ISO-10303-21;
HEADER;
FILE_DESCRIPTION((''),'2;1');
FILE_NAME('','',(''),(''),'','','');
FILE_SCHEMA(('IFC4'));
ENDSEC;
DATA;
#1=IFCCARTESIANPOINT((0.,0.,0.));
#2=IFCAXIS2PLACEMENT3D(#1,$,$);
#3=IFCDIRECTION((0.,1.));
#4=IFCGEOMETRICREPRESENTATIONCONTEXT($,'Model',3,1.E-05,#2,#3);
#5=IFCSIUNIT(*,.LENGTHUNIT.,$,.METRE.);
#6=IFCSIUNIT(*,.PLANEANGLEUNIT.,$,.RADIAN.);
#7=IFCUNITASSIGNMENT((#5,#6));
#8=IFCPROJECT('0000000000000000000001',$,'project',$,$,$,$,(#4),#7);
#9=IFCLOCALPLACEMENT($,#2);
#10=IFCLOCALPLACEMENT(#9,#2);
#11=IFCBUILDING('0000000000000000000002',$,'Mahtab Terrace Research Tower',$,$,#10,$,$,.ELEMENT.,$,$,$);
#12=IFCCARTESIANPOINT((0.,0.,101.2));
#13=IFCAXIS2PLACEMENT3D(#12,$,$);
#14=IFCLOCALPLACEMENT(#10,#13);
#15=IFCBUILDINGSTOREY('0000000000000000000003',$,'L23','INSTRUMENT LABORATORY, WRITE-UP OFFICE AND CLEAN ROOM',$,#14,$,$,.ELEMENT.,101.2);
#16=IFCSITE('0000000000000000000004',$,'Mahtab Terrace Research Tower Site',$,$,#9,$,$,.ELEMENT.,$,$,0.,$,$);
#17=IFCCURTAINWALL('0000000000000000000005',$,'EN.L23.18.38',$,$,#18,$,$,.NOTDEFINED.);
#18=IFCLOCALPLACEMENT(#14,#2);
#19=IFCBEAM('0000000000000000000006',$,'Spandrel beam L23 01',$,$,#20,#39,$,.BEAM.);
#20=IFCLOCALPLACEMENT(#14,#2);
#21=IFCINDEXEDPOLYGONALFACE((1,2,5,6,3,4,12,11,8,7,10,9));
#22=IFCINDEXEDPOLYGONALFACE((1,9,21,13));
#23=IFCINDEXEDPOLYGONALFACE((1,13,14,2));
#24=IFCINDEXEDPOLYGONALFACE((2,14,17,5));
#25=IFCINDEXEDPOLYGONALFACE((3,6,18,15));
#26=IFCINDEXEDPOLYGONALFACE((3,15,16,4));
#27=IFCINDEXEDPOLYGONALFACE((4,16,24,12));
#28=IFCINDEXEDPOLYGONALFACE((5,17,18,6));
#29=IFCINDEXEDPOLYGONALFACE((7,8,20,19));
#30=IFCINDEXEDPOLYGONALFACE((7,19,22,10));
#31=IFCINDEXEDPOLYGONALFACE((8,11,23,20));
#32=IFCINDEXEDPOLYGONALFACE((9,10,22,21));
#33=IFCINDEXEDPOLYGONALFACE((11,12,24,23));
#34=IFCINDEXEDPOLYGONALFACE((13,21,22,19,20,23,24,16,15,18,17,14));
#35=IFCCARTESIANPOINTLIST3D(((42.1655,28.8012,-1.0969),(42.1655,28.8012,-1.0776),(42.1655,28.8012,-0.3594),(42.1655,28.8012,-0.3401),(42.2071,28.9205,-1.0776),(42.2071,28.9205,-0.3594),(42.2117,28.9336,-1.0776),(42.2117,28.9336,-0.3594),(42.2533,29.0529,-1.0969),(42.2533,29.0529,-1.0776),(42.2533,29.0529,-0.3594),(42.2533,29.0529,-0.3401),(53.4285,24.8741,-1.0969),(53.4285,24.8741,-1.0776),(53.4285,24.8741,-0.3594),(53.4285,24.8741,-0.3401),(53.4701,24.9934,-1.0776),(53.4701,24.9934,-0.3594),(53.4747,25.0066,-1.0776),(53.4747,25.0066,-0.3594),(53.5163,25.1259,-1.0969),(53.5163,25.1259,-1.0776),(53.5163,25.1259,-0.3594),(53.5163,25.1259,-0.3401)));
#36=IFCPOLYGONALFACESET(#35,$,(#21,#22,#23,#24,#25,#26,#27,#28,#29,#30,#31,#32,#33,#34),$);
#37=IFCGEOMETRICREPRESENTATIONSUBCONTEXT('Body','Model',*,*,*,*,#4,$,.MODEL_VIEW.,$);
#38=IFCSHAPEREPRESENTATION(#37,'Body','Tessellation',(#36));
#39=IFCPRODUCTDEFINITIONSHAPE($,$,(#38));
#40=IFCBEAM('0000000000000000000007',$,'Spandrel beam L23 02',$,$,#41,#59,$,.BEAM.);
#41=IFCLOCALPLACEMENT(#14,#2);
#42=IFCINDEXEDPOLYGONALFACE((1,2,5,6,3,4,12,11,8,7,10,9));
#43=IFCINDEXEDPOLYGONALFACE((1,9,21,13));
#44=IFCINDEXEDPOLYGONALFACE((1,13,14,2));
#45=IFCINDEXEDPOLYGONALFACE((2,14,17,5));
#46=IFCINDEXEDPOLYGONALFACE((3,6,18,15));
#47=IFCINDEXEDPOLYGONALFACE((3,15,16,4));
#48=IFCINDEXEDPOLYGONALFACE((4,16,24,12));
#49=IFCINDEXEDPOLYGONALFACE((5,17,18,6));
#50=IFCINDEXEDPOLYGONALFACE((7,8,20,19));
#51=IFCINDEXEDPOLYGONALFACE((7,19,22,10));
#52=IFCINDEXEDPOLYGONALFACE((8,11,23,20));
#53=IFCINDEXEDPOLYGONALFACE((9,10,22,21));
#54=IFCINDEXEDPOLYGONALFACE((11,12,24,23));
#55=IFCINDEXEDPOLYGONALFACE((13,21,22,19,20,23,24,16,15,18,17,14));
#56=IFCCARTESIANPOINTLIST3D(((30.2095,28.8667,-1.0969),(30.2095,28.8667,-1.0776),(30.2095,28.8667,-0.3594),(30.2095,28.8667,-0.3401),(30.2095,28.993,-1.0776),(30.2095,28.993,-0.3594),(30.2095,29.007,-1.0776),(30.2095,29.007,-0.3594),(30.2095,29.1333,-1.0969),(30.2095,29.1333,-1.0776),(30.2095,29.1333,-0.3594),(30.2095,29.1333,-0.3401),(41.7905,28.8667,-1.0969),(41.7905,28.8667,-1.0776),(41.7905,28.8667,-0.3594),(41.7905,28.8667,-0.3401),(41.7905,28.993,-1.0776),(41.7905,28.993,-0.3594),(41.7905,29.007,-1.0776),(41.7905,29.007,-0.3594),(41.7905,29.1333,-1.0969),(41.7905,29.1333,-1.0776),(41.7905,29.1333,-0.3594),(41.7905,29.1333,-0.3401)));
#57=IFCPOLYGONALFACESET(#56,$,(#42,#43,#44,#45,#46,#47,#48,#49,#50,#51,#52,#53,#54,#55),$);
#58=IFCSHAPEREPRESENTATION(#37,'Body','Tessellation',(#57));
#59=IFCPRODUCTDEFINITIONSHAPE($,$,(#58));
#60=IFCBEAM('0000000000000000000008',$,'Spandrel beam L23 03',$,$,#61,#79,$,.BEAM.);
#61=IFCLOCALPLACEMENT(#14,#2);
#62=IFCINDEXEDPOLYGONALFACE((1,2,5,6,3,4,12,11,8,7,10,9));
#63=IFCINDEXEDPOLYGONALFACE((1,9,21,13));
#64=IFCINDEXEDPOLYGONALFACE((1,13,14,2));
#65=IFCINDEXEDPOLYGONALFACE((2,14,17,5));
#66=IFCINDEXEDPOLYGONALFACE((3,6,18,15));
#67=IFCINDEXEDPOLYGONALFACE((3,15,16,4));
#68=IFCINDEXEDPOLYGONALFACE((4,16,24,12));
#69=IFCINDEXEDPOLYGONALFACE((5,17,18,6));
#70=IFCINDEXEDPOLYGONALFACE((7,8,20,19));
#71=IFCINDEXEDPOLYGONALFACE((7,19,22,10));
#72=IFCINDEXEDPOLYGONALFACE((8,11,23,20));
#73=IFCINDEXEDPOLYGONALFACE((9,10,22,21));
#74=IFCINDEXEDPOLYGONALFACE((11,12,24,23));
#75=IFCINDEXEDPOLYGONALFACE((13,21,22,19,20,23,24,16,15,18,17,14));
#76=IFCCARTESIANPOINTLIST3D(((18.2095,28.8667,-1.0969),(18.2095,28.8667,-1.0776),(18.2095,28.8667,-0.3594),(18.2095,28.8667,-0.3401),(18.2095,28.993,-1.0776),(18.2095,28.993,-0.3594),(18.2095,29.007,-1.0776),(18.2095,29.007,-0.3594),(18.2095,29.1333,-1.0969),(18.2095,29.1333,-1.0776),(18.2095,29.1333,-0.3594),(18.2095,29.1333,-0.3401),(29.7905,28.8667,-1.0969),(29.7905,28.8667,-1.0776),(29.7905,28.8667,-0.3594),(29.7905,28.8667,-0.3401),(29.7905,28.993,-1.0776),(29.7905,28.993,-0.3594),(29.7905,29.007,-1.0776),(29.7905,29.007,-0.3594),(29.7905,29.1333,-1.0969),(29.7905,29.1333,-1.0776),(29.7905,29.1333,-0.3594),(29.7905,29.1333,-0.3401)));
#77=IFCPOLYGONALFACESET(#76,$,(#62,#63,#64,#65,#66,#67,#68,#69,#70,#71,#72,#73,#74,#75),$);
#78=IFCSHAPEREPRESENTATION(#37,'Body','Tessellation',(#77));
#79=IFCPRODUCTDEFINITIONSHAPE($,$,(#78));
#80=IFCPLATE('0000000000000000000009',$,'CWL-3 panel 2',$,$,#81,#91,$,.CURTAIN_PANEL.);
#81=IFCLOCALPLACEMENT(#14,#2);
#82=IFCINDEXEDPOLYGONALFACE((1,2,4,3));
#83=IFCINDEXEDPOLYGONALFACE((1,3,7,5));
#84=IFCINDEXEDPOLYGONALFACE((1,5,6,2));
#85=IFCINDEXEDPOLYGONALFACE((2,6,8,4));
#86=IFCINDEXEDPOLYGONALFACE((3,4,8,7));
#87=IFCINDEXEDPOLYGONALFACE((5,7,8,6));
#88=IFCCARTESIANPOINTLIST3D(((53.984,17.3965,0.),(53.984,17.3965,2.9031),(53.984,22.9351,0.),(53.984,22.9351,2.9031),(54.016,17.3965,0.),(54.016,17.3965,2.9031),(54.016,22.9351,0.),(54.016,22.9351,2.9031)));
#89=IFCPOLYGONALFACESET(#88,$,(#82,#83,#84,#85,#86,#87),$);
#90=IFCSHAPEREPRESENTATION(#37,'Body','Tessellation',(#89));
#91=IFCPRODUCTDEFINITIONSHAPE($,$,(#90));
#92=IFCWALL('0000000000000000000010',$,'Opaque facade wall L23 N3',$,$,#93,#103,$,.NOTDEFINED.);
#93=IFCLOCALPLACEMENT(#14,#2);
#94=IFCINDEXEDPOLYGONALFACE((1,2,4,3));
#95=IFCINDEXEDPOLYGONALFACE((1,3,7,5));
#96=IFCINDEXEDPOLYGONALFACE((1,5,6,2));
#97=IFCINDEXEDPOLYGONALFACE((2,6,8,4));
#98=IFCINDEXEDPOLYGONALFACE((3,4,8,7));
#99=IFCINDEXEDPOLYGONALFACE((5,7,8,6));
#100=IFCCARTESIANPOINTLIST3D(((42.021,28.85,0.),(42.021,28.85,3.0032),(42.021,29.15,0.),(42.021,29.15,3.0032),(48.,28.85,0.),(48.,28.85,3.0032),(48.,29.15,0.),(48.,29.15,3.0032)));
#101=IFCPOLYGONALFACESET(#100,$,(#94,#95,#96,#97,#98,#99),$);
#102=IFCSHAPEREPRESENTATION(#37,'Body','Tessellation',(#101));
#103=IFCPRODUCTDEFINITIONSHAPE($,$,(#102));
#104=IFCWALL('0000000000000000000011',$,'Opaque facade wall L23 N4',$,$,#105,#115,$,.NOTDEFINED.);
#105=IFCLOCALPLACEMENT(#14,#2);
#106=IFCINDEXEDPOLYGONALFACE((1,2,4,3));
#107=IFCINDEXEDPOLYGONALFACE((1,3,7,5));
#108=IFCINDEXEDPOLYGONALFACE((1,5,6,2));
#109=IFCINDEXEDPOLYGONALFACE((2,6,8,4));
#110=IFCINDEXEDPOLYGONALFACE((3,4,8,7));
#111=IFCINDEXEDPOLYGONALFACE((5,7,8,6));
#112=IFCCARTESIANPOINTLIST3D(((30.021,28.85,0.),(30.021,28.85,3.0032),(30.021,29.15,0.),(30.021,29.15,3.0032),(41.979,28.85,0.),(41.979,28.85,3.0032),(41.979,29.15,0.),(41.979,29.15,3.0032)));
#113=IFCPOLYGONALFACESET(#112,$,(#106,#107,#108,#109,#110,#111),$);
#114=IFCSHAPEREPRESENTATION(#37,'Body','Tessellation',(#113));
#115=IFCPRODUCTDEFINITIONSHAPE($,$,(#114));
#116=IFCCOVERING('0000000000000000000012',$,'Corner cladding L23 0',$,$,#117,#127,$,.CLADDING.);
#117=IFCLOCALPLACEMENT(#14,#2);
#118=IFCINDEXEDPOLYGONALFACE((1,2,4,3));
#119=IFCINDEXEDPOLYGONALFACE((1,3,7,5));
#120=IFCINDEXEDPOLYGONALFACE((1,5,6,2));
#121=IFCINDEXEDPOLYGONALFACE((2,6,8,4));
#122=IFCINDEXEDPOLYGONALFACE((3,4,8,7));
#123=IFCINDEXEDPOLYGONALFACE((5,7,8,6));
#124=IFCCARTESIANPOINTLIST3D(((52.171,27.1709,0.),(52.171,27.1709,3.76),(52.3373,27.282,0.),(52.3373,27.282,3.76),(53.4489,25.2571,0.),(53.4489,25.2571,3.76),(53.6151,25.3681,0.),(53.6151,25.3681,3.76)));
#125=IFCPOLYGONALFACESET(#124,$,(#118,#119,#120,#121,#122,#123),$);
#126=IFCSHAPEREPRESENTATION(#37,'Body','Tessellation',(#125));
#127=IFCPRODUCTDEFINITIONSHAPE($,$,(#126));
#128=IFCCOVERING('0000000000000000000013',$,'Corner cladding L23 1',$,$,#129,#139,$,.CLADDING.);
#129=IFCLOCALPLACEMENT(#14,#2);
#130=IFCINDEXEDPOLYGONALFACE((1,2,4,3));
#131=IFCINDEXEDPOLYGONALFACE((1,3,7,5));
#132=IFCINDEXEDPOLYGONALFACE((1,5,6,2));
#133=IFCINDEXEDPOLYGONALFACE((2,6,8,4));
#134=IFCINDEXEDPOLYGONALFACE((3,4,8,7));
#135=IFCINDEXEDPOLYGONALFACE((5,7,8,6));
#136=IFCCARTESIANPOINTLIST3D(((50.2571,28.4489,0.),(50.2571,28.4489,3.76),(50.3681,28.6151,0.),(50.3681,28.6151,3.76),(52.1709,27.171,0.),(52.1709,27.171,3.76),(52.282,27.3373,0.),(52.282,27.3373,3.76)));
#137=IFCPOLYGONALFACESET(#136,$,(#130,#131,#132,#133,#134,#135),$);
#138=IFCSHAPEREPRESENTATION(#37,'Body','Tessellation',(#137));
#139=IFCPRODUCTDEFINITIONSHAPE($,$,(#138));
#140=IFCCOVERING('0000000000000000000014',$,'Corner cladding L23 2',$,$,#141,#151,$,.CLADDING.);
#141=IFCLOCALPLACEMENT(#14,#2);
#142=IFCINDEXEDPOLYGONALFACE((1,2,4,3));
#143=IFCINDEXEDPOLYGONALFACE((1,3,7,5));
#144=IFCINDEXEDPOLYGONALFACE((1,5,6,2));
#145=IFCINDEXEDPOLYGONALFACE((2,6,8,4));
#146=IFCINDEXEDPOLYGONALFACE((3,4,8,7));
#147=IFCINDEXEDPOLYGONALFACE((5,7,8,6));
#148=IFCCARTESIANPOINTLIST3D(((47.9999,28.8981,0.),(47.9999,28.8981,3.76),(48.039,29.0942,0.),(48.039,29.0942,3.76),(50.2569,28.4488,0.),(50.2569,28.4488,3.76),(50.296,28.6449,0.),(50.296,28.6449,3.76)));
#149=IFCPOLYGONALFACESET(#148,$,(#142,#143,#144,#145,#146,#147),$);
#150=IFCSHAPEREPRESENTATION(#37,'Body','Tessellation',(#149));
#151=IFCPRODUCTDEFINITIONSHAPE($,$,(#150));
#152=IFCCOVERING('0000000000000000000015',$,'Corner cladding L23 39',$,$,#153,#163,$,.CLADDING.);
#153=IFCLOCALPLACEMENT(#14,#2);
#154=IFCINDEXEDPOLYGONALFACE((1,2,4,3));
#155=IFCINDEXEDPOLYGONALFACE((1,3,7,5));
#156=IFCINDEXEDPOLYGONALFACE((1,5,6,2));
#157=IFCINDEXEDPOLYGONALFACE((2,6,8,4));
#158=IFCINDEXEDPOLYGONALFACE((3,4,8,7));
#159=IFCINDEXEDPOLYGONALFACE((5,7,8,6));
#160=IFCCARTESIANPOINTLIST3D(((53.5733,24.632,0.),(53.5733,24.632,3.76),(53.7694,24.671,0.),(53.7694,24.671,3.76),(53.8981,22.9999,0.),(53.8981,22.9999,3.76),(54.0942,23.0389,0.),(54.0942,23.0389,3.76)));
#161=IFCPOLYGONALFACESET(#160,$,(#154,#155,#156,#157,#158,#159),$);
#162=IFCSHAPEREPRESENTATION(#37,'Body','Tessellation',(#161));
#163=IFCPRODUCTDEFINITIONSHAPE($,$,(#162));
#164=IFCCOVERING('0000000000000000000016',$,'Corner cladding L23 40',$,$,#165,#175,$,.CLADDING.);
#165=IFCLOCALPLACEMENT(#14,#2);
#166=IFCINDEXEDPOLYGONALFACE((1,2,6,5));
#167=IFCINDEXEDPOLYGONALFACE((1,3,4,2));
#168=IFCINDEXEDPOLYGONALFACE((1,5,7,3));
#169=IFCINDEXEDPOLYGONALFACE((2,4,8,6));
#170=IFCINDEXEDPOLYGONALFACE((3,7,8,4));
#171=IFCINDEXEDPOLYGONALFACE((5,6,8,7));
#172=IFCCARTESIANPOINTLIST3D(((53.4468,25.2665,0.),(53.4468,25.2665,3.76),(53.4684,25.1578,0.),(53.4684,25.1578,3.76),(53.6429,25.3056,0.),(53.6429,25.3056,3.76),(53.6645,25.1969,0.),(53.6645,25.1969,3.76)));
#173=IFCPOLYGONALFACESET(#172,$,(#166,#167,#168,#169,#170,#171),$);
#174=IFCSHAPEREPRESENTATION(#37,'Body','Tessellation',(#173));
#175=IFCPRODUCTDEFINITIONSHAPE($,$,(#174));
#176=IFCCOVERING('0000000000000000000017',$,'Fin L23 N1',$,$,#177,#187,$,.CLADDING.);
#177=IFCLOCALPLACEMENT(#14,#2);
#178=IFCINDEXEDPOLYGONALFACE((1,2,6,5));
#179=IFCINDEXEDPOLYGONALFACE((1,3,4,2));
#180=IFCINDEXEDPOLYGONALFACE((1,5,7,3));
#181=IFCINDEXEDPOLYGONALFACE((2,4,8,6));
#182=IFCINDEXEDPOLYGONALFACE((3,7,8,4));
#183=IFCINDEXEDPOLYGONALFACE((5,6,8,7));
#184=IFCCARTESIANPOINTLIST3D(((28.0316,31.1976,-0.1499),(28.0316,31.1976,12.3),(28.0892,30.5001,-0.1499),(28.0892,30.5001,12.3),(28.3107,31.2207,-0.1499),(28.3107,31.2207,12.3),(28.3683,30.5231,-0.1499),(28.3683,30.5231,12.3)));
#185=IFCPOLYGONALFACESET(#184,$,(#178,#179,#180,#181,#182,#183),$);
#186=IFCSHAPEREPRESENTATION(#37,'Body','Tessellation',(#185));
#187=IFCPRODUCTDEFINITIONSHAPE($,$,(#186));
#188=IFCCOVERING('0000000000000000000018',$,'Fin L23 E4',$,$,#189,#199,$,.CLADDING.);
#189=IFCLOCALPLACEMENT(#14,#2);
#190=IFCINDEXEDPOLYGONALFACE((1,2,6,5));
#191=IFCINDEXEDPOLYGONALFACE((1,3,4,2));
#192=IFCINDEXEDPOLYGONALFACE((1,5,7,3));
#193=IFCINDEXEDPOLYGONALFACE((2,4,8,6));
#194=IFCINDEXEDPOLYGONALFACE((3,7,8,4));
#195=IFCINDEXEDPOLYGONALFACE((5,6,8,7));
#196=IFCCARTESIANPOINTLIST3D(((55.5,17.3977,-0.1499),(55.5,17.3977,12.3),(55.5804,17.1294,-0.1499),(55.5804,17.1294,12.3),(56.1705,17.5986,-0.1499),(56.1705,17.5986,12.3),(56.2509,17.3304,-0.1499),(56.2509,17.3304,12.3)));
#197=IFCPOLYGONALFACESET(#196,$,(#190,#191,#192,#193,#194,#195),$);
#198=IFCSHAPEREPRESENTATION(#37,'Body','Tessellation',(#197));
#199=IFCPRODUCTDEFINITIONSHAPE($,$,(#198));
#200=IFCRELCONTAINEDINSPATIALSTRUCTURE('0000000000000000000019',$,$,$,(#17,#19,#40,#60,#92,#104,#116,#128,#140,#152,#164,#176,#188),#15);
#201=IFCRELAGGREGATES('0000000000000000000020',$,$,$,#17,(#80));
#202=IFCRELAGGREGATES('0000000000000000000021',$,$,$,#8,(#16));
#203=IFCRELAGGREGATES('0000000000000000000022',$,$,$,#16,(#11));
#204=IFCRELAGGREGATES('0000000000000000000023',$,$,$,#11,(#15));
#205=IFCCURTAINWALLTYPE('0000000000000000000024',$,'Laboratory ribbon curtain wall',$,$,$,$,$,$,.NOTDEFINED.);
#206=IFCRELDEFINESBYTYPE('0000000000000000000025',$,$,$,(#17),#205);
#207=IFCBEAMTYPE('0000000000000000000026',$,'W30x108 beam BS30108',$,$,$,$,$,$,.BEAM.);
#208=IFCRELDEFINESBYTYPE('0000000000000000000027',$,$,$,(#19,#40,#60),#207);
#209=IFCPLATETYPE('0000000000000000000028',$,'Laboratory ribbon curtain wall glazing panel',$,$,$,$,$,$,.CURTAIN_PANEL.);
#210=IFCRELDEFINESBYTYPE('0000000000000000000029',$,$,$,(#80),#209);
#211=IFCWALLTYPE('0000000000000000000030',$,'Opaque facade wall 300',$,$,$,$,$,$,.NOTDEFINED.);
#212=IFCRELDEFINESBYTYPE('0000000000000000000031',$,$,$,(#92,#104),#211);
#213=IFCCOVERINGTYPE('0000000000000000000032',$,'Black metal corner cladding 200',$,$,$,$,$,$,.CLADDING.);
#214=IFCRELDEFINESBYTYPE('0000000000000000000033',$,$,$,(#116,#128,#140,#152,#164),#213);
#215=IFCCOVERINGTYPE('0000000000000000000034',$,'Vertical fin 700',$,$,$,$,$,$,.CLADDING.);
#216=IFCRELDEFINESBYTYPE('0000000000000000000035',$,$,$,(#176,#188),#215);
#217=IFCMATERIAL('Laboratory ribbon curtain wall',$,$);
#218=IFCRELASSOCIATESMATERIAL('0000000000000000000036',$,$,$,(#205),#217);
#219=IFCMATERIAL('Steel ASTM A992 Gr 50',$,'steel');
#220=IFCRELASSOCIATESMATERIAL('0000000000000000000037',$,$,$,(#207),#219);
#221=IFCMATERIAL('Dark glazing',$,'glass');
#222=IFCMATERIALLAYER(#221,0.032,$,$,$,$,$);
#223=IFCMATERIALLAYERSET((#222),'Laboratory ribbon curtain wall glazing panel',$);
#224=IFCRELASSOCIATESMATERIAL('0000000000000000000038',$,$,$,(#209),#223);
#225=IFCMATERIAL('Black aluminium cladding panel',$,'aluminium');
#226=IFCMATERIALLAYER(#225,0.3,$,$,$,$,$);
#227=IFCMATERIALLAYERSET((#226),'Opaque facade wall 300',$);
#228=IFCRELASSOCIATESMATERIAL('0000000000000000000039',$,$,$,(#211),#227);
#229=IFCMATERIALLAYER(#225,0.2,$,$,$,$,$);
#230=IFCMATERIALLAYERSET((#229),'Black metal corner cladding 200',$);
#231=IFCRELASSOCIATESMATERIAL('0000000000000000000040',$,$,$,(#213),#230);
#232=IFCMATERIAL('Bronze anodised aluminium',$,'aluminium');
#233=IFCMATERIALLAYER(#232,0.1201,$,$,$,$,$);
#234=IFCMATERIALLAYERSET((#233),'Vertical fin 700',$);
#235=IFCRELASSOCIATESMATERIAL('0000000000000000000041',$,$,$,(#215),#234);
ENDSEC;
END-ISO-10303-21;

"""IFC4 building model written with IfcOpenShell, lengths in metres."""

from ifc_helpers import new_model, si_unit, direction, frame, frame_2d, origin, origin_2d, place, context, subcontext, project, spatial, rectangle, i_section, extrude, material, layer, layer_set, material_profile, profile_set, type_object, element, aggregate, save


model = new_model("IFC4")

# Units and contexts
model_context = context("Model", 3, precision=1e-05, world=origin(), true_north=direction((0.0, 1.0)))
body_context = subcontext(model_context, "Body", "Model", "MODEL_VIEW")
ifc_project = project(units=[si_unit("LENGTHUNIT", "METRE"), si_unit("PLANEANGLEUNIT", "RADIAN")], contexts=[model_context])

# Site, building, storey
site_placement = place(None, origin())
site = spatial("IfcSite", under=ifc_project, at=site_placement, Name="Mahtab Terrace Research Tower Site", CompositionType="ELEMENT", RefElevation=0.0)
building_placement = place(site_placement, origin())
building = spatial("IfcBuilding", under=site, at=building_placement, Name="Mahtab Terrace Research Tower", CompositionType="ELEMENT")
storey_placement = place(building_placement, frame((0.0, 0.0, 101.2)))
storey = spatial("IfcBuildingStorey", under=building, at=storey_placement, Name="L23", Description="INSTRUMENT LABORATORY, WRITE-UP OFFICE AND CLEAN ROOM", CompositionType="ELEMENT", Elevation=101.2)

# Shared definitions
ifc_material_1 = material(Name="Steel ASTM A992 Gr 50", Category="steel")

# Shared definitions
ifc_material_2 = material(Name="Laboratory ribbon curtain wall")
curtain_wall_type = type_object("IfcCurtainWallType", Name="Laboratory ribbon curtain wall", PredefinedType="NOTDEFINED", material=ifc_material_2)

# Curtain wall
curtain_wall_1_placement = place(storey_placement, origin())
curtain_wall_1 = element("IfcCurtainWall", 1, at=curtain_wall_1_placement, inside=storey, type_object=curtain_wall_type, Name="EN.L23.18.38", PredefinedType="NOTDEFINED")

# Beams
ifc_material_profile_1 = material_profile(ifc_material_1, i_section(OverallWidth=0.2666, OverallDepth=0.7568, WebThickness=0.0139, FlangeThickness=0.0193, at=origin_2d()), Name="W30X108")
ifc_profile_set_1 = profile_set([ifc_material_profile_1], Name="Steel ASTM A992 Gr 50")
beam_type = type_object("IfcBeamType", Name="W30x108 beam BS30108", PredefinedType="BEAM", material=ifc_profile_set_1)
beam_placement = place(storey_placement, frame((53.4724, 25.0, -0.7185), z_axis=(-0.944251, 0.329228, 0.0), x_axis=(-0.329228, -0.944251, 0.0)))
element("IfcBeam", 2, at=beam_placement, inside=storey, type_object=beam_type, Name="Spandrel beam L23 01", PredefinedType="BEAM", context=body_context, shape_type="SweptSolid", body=[
    extrude(i_section(OverallWidth=0.2666, OverallDepth=0.7568, WebThickness=0.0139, FlangeThickness=0.0193, at=origin_2d()), origin(), (0.0, 0.0, 1.0), 11.928),
])
for number, where, z_axis, x_axis, name in (
    (3, (41.7905, 29.0, -0.7185), (-1.0, 0.0, 0.0), (0.0, -1.0, 0.0), "Spandrel beam L23 02"),
    (4, (29.7905, 29.0, -0.7185), (-1.0, 0.0, 0.0), (0.0, -1.0, 0.0), "Spandrel beam L23 03"),
):
    element("IfcBeam", number, at=place(storey_placement, frame(where, z_axis=z_axis, x_axis=x_axis)), inside=storey, type_object=beam_type, Name=name, PredefinedType="BEAM", context=body_context, shape_type="SweptSolid", body=[
        extrude(i_section(OverallWidth=0.2666, OverallDepth=0.7568, WebThickness=0.0139, FlangeThickness=0.0193, at=origin_2d()), origin(), (0.0, 0.0, 1.0), 11.5811),
    ])

# Plate
ifc_material_3 = material(Name="Dark glazing", Category="glass")
ifc_layer_1 = layer(ifc_material_3, 0.032)
ifc_layer_set_1 = layer_set([ifc_layer_1], Name="Laboratory ribbon curtain wall glazing panel")
plate_type = type_object("IfcPlateType", Name="Laboratory ribbon curtain wall glazing panel", PredefinedType="CURTAIN_PANEL", material=ifc_layer_set_1)
plate_placement = place(storey_placement, frame((54.0, 20.1658, 0.0), z_axis=(0.0, 0.0, 1.0), x_axis=(0.0, 1.0, 0.0)))
plate = element("IfcPlate", 5, at=plate_placement, type_object=plate_type, Name="CWL-3 panel 2", PredefinedType="CURTAIN_PANEL", context=body_context, shape_type="SweptSolid", body=[
    extrude(rectangle(XDim=5.5386, YDim=0.032, at=origin_2d()), origin(), (0.0, 0.0, 1.0), 2.9031),
])
aggregate(curtain_wall_1, [plate])

# Walls
ifc_material_4 = material(Name="Black aluminium cladding panel", Category="aluminium")
ifc_layer_2 = layer(ifc_material_4, 0.3)
ifc_layer_set_2 = layer_set([ifc_layer_2], Name="Opaque facade wall 300")
wall_type = type_object("IfcWallType", Name="Opaque facade wall 300", PredefinedType="NOTDEFINED", material=ifc_layer_set_2)
wall_1_placement = place(storey_placement, frame((48.0, 29.0, 0.0), z_axis=(0.0, 0.0, 1.0), x_axis=(-1.0, 0.0, 0.0)))
element("IfcWall", 6, at=wall_1_placement, inside=storey, type_object=wall_type, Name="Opaque facade wall L23 N3", PredefinedType="NOTDEFINED", context=body_context, shape_type="SweptSolid", body=[
    extrude(rectangle(XDim=5.979, YDim=0.3, at=frame_2d((2.9895, 0.0))), origin(), (0.0, 0.0, 1.0), 3.0032),
])
wall_2_placement = place(storey_placement, frame((41.979, 29.0, 0.0), z_axis=(0.0, 0.0, 1.0), x_axis=(-1.0, 0.0, 0.0)))
element("IfcWall", 7, at=wall_2_placement, inside=storey, type_object=wall_type, Name="Opaque facade wall L23 N4", PredefinedType="NOTDEFINED", context=body_context, shape_type="SweptSolid", body=[
    extrude(rectangle(XDim=11.958, YDim=0.3, at=frame_2d((5.979, 0.0))), origin(), (0.0, 0.0, 1.0), 3.0032),
])

# Coverings
ifc_layer_3 = layer(ifc_material_4, 0.2)
ifc_layer_set_3 = layer_set([ifc_layer_3], Name="Black metal corner cladding 200")
covering_type_1 = type_object("IfcCoveringType", Name="Black metal corner cladding 200", PredefinedType="CLADDING", material=ifc_layer_set_3)
for number, where, z_axis, x_axis, name in (
    (8, (52.8931, 26.2695, 0.0), (0.0, 0.0, 1.0), (-0.555291, 0.831656, 0.0), "Corner cladding L23 0"),
    (9, (51.2695, 27.8931, 0.0), (0.0, 0.0, 1.0), (-0.831656, 0.555291, 0.0), "Corner cladding L23 1"),
    (10, (49.1479, 28.7715, 0.0), (0.0, 0.0, 1.0), (-0.980761, 0.195212, 0.0), "Corner cladding L23 2"),
):
    element("IfcCovering", number, at=place(storey_placement, frame(where, z_axis=z_axis, x_axis=x_axis)), inside=storey, type_object=covering_type_1, Name=name, PredefinedType="CLADDING", context=body_context, shape_type="SweptSolid", body=[
        extrude(rectangle(XDim=2.3013, YDim=0.2, at=origin_2d()), origin(), (0.0, 0.0, 1.0), 3.76),
    ])
covering_1_placement = place(storey_placement, frame((53.8337, 23.8354, 0.0), z_axis=(0.0, 0.0, 1.0), x_axis=(-0.195212, 0.980761, 0.0)))
element("IfcCovering", 11, at=covering_1_placement, inside=storey, type_object=covering_type_1, Name="Corner cladding L23 39", PredefinedType="CLADDING", context=body_context, shape_type="SweptSolid", body=[
    extrude(rectangle(XDim=1.6641, YDim=0.2, at=origin_2d()), origin(), (0.0, 0.0, 1.0), 3.76),
])
covering_2_placement = place(storey_placement, frame((53.5557, 25.2317, 0.0), z_axis=(0.0, 0.0, 1.0), x_axis=(-0.195212, 0.980761, 0.0)))
element("IfcCovering", 12, at=covering_2_placement, inside=storey, type_object=covering_type_1, Name="Corner cladding L23 40", PredefinedType="CLADDING", context=body_context, shape_type="SweptSolid", body=[
    extrude(rectangle(XDim=0.1108, YDim=0.2, at=origin_2d()), origin(), (0.0, 0.0, 1.0), 3.76),
])
ifc_material_5 = material(Name="Bronze anodised aluminium", Category="aluminium")
ifc_layer_4 = layer(ifc_material_5, 0.1201)
ifc_layer_set_4 = layer_set([ifc_layer_4], Name="Vertical fin 700")
covering_type_2 = type_object("IfcCoveringType", Name="Vertical fin 700", PredefinedType="CLADDING", material=ifc_layer_set_4)
for number, where, z_axis, x_axis, name in (
    (13, (28.2, 30.8604, -0.1499), (0.0, 0.0, 1.0), (-0.996617, -0.082187, 0.0), "Fin L23 N1"),
    (14, (55.8755, 17.364, -0.1499), (0.0, 0.0, 1.0), (-0.287105, 0.957899, 0.0), "Fin L23 E4"),
):
    element("IfcCovering", number, at=place(storey_placement, frame(where, z_axis=z_axis, x_axis=x_axis)), inside=storey, type_object=covering_type_2, Name=name, PredefinedType="CLADDING", context=body_context, shape_type="SweptSolid", body=[
        extrude(rectangle(XDim=0.28, YDim=0.7, at=origin_2d()), origin(), (0.0, 0.0, 1.0), 12.45),
    ])

save(model, "model.ifc")
